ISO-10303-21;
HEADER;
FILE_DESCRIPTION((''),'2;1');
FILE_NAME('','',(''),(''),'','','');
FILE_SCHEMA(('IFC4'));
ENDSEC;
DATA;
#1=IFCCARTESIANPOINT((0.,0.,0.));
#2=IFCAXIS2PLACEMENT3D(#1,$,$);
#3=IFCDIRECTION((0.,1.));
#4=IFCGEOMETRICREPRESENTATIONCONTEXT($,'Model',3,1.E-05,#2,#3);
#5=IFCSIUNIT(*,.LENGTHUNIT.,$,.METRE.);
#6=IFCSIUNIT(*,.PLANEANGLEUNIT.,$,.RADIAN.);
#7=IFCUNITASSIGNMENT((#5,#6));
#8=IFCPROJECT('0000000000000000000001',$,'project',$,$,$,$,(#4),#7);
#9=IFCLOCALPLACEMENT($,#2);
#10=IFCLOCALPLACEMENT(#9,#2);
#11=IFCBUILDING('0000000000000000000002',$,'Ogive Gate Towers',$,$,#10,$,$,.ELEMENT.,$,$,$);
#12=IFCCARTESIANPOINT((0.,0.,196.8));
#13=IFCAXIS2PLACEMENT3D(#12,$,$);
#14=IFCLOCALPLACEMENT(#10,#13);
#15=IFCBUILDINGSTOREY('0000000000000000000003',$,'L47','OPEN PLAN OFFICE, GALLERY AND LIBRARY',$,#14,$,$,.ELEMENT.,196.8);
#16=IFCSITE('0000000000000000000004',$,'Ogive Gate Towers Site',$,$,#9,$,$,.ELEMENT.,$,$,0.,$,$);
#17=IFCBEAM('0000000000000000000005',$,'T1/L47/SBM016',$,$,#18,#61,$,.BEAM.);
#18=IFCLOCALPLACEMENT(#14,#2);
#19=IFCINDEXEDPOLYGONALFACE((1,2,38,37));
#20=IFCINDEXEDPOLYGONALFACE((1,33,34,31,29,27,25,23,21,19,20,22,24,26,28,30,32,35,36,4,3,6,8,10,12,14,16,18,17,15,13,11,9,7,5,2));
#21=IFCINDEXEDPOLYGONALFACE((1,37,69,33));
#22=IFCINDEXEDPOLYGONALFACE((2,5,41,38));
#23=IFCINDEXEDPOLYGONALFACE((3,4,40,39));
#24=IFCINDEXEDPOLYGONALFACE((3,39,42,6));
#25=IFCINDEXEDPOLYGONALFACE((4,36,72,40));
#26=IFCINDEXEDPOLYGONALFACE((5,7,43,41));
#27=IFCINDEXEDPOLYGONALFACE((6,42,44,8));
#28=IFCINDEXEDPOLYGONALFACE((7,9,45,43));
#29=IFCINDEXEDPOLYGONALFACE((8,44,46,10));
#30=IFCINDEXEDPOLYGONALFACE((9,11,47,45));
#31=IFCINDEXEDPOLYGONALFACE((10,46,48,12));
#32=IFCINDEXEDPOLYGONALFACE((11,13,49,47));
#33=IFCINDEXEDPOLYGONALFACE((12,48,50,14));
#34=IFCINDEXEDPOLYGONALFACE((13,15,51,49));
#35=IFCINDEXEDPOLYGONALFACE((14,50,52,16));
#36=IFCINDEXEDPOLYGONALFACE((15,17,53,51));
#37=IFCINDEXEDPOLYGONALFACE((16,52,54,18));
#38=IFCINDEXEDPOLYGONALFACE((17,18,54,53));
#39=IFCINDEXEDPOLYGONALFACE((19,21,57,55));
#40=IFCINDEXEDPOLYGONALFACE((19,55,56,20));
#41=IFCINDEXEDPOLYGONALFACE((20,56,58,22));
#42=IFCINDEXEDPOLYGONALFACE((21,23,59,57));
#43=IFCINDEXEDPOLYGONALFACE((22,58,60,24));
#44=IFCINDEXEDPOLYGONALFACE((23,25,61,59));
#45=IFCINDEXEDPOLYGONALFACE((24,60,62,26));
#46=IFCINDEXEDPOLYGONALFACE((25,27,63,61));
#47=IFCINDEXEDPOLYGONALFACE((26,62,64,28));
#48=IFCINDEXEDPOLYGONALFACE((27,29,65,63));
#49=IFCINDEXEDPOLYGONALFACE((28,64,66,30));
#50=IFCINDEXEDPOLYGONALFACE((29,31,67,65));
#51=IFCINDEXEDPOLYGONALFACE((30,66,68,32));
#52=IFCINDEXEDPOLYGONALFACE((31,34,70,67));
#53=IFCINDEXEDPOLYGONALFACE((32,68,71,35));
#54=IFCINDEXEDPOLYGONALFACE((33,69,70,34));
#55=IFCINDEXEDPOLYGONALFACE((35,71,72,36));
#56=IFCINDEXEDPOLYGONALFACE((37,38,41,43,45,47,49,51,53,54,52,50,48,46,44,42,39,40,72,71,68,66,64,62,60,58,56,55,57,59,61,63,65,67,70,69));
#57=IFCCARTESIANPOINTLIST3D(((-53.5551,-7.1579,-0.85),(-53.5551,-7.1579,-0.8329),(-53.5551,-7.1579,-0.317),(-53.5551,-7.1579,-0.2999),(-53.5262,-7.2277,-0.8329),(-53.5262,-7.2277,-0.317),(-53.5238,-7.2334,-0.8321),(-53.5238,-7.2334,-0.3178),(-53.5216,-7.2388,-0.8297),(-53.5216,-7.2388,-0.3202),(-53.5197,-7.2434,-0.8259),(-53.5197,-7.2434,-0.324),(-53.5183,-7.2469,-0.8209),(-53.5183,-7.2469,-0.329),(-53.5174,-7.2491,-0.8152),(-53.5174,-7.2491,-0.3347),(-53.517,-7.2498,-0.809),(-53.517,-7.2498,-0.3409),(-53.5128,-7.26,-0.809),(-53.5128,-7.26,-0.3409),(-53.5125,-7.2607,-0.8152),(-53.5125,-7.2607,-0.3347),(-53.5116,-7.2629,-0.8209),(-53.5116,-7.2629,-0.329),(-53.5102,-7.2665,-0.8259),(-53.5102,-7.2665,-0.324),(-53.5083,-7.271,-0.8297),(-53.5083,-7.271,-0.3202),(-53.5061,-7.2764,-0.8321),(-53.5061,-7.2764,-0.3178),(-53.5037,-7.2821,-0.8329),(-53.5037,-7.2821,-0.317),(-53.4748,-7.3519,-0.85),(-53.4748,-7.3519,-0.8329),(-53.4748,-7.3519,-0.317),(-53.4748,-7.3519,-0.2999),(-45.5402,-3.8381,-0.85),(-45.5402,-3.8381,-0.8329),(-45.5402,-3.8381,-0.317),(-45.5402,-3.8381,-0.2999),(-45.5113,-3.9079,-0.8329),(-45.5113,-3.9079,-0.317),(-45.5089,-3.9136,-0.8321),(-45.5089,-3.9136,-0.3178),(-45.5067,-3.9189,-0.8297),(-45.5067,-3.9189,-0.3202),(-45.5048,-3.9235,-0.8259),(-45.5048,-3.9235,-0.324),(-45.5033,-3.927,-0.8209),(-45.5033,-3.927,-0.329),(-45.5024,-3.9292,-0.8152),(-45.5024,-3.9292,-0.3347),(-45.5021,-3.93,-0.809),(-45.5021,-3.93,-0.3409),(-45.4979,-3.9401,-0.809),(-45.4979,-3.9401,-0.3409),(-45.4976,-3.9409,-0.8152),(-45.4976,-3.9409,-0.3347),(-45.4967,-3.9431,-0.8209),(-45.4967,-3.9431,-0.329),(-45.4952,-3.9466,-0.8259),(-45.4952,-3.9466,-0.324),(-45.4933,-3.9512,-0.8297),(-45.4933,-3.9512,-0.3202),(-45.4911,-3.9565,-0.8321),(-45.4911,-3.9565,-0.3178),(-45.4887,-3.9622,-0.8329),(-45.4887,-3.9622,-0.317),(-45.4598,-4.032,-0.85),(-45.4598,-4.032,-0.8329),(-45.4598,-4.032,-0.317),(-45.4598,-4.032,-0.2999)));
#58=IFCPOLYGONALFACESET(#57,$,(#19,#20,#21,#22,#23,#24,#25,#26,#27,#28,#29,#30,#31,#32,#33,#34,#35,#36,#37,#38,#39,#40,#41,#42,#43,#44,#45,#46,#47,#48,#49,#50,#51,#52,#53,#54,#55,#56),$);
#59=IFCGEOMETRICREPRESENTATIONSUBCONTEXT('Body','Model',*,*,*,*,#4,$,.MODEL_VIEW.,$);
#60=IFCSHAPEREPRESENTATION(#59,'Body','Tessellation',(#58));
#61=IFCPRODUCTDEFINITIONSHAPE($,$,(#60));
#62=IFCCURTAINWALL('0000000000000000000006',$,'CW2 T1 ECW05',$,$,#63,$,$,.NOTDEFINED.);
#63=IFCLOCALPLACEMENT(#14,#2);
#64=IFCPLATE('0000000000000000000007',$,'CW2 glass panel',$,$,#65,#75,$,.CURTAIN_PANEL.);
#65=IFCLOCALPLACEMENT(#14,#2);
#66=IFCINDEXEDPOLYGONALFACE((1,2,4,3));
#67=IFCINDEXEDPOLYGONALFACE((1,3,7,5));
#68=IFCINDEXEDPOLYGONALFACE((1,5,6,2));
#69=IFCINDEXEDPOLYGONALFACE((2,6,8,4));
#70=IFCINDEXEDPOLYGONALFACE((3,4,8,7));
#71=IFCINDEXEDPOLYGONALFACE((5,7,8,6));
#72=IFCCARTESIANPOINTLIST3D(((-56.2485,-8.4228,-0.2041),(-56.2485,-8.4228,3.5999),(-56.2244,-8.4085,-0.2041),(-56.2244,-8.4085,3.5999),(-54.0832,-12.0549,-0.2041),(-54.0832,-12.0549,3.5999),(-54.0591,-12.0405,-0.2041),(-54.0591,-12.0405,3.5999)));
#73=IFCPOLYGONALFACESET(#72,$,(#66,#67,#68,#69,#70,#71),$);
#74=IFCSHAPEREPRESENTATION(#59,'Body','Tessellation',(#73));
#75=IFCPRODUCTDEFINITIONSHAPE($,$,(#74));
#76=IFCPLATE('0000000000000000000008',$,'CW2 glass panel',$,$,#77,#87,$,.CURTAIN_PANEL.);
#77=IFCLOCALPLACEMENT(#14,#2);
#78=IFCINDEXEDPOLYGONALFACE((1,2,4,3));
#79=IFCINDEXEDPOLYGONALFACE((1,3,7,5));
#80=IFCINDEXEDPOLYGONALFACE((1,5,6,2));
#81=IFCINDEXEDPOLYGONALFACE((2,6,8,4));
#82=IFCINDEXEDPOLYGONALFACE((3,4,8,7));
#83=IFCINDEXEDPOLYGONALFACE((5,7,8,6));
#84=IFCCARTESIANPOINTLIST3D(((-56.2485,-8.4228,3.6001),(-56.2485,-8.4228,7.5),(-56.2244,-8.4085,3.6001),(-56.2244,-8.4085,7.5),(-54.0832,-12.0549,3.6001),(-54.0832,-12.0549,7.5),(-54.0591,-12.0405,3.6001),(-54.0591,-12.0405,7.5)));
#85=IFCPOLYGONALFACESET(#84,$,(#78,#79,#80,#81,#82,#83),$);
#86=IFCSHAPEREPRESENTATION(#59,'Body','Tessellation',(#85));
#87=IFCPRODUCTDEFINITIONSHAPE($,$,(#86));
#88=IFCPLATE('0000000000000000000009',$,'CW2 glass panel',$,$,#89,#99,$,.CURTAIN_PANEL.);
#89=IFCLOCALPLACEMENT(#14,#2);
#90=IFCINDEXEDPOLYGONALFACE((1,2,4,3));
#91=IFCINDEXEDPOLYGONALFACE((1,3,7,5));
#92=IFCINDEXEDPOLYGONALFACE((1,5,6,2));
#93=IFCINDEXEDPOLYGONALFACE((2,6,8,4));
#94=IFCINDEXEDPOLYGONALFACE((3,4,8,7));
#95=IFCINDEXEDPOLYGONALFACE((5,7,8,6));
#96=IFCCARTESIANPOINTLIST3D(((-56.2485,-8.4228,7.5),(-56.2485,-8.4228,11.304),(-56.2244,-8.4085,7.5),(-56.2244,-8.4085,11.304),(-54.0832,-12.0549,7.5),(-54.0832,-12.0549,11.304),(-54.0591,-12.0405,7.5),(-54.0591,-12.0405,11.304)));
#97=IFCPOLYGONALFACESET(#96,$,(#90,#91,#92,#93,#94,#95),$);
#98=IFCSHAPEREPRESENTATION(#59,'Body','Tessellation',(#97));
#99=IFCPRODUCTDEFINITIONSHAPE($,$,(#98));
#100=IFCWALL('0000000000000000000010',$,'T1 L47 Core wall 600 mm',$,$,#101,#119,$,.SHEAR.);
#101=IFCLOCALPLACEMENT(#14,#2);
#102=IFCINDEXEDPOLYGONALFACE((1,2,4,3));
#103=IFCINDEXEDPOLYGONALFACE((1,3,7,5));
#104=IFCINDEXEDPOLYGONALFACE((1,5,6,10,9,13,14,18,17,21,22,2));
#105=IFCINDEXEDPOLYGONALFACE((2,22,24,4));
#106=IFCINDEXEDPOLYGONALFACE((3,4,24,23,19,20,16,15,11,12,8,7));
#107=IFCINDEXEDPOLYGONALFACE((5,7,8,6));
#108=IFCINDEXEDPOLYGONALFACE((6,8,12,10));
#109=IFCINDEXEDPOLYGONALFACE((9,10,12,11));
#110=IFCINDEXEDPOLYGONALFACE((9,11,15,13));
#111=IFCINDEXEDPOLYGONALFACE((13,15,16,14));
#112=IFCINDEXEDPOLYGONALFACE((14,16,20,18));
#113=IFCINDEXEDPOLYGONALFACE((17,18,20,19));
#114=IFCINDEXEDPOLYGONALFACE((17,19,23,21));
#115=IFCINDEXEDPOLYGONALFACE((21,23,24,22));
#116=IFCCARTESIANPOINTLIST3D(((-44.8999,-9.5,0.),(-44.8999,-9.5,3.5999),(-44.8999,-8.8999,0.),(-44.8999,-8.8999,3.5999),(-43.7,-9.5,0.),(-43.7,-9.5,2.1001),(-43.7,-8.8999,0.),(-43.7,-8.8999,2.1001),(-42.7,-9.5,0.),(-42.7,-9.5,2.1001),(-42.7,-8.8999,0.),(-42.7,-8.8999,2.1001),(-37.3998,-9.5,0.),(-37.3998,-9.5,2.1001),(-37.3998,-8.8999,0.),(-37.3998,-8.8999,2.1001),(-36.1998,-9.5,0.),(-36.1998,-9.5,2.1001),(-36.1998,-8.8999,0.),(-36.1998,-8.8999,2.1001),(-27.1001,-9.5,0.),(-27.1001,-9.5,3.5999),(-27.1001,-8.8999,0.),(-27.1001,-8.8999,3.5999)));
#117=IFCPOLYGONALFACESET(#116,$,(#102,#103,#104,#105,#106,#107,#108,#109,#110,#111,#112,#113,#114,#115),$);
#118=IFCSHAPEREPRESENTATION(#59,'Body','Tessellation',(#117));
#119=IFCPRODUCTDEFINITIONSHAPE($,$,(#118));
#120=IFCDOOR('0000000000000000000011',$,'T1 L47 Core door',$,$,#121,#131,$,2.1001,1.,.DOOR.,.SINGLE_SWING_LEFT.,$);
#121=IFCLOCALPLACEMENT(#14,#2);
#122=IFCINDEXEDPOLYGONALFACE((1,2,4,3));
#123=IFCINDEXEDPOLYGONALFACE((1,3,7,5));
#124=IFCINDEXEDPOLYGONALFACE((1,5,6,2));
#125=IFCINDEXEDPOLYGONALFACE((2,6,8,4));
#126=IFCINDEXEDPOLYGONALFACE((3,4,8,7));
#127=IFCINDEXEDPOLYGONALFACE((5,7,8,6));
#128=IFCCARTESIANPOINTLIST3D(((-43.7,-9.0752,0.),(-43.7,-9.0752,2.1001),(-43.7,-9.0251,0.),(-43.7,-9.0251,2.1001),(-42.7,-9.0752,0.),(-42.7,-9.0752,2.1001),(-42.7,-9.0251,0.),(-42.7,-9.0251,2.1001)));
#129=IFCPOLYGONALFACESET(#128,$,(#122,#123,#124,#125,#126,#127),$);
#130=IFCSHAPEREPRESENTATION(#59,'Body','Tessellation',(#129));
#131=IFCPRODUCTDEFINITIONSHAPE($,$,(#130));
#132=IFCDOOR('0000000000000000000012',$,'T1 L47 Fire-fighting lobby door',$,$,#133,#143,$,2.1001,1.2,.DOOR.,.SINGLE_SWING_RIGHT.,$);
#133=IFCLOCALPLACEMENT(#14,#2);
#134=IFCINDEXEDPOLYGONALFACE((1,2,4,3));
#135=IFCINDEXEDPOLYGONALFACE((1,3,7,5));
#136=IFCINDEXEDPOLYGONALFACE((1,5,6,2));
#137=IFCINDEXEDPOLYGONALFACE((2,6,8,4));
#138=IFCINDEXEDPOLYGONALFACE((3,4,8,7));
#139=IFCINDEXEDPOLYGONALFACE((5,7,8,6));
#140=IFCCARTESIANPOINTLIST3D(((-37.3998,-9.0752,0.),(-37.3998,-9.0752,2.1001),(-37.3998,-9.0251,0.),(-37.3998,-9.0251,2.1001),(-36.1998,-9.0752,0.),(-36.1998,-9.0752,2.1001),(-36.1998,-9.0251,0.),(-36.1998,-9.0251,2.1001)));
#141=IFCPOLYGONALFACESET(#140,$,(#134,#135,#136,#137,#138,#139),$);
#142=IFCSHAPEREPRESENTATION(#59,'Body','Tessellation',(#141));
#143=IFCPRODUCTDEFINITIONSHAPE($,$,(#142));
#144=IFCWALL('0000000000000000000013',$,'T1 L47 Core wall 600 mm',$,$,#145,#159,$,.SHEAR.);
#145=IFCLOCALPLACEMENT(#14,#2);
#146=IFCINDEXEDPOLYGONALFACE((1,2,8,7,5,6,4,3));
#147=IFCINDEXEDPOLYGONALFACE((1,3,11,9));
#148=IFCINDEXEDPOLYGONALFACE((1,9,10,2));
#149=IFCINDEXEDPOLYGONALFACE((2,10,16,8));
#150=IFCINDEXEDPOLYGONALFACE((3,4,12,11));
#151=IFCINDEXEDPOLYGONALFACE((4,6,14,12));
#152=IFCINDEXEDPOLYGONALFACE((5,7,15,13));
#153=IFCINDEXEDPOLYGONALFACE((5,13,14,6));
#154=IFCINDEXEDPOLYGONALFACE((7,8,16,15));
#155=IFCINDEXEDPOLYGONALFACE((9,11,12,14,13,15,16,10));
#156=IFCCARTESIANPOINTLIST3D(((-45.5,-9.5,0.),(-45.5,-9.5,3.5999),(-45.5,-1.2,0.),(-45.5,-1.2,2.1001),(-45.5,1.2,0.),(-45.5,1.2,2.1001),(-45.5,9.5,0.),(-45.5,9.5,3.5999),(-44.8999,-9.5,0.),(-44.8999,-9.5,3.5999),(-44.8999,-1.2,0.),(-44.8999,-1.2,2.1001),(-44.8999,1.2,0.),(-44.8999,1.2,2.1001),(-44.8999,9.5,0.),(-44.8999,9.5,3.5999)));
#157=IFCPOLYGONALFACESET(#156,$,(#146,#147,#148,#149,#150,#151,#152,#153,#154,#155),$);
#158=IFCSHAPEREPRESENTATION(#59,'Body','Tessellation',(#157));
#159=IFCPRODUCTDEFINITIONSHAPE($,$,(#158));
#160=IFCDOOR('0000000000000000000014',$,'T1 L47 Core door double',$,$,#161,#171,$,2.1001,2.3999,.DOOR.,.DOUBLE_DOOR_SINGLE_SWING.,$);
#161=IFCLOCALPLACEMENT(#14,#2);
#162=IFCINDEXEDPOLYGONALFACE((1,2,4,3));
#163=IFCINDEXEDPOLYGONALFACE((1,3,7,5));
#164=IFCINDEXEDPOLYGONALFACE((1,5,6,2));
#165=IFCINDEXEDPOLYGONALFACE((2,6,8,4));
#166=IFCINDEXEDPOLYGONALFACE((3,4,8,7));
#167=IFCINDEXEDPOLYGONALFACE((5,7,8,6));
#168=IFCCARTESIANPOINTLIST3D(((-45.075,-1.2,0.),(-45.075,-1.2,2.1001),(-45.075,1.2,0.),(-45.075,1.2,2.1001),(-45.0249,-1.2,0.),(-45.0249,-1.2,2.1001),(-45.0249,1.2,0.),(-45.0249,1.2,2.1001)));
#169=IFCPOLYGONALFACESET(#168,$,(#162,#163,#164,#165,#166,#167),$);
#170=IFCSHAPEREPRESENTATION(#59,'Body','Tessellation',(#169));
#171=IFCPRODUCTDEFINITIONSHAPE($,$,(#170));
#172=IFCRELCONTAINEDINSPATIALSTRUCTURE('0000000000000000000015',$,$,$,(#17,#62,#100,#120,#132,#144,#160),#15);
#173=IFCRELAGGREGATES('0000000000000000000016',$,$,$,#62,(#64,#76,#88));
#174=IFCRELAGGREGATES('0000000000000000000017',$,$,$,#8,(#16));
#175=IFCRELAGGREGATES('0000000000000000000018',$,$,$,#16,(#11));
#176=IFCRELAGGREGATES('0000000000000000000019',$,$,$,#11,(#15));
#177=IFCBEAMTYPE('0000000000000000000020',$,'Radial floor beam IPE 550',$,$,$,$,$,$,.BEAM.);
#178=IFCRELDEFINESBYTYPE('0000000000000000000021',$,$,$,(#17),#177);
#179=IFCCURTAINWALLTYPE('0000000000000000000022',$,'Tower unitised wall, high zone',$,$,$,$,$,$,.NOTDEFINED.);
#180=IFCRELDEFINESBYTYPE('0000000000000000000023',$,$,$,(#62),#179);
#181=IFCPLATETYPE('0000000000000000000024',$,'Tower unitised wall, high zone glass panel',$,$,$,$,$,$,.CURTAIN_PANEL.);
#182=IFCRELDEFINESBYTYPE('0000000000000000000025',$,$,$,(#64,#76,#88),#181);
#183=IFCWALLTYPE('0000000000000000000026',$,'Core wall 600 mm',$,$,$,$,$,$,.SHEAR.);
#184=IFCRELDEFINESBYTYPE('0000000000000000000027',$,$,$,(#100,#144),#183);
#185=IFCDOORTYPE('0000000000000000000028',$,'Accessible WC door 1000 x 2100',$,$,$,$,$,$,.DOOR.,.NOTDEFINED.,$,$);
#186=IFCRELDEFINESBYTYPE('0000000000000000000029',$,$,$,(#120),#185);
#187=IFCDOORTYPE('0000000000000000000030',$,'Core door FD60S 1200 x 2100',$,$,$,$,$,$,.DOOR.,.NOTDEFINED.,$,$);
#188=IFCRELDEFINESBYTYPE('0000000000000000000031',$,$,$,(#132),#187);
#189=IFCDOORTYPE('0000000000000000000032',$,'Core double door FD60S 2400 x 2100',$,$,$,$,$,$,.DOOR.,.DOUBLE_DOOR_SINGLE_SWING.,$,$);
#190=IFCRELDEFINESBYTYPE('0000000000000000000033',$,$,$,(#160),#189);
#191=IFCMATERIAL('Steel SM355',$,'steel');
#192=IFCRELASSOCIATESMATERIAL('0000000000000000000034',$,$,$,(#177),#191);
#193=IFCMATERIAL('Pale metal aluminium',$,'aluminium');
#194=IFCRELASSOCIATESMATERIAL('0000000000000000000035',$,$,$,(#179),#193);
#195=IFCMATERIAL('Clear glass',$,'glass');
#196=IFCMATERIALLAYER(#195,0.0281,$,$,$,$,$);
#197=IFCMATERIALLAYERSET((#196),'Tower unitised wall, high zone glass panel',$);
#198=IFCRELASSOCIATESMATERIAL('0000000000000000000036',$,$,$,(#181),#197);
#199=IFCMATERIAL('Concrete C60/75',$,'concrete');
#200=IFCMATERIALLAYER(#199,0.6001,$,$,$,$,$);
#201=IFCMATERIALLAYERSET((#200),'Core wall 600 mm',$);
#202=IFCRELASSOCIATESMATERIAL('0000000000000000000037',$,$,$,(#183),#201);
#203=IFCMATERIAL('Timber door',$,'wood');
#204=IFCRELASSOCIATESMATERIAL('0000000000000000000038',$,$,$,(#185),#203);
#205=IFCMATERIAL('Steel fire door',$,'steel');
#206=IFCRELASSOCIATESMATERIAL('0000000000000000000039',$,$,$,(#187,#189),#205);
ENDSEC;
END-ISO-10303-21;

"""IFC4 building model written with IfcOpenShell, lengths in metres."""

from ifc_helpers import new_model, si_unit, direction, frame, frame_2d, origin, origin_2d, place, context, subcontext, project, spatial, rectangle, i_section, extrude, material, layer, layer_set, material_profile, profile_set, type_object, element, fill, aggregate, save


model = new_model("IFC4")

# Units and contexts
model_context = context("Model", 3, precision=1e-05, world=origin(), true_north=direction((0.0, 1.0)))
body_context = subcontext(model_context, "Body", "Model", "MODEL_VIEW")
ifc_project = project(units=[si_unit("LENGTHUNIT", "METRE"), si_unit("PLANEANGLEUNIT", "RADIAN")], contexts=[model_context])

# Site, building, storey
site_placement = place(None, origin())
site = spatial("IfcSite", under=ifc_project, at=site_placement, Name="Ogive Gate Towers Site", CompositionType="ELEMENT", RefElevation=0.0)
building_placement = place(site_placement, origin())
building = spatial("IfcBuilding", under=site, at=building_placement, Name="Ogive Gate Towers", CompositionType="ELEMENT")
storey_placement = place(building_placement, frame((0.0, 0.0, 196.8)))
storey = spatial("IfcBuildingStorey", under=building, at=storey_placement, Name="L47", Description="OPEN PLAN OFFICE, GALLERY AND LIBRARY", CompositionType="ELEMENT", Elevation=196.8)

# Beam
ifc_material_1 = material(Name="Steel SM355", Category="steel")
ifc_material_profile = material_profile(ifc_material_1, i_section(OverallWidth=0.21, OverallDepth=0.55, WebThickness=0.011, FlangeThickness=0.0171, FilletRadius=0.0239, at=origin_2d()), Name="IPE 550")
ifc_profile_set = profile_set([ifc_material_profile], Name="Steel SM355")
beam_type = type_object("IfcBeamType", Name="Radial floor beam IPE 550", PredefinedType="BEAM", material=ifc_profile_set)
beam_placement = place(storey_placement, frame((-45.5, -3.9351, -0.575), z_axis=(-0.923882, -0.382678, 0.0), x_axis=(0.382678, -0.923882, 0.0)))
element("IfcBeam", 1, at=beam_placement, inside=storey, type_object=beam_type, Name="T1/L47/SBM016", PredefinedType="BEAM", context=body_context, shape_type="SweptSolid", body=[
    extrude(i_section(OverallWidth=0.21, OverallDepth=0.55, WebThickness=0.011, FlangeThickness=0.0171, FilletRadius=0.0239, at=origin_2d()), origin(), (0.0, 0.0, 1.0), 8.6753),
])

# Curtain wall, plates
ifc_material_2 = material(Name="Pale metal aluminium", Category="aluminium")
curtain_wall_type = type_object("IfcCurtainWallType", Name="Tower unitised wall, high zone", PredefinedType="NOTDEFINED", material=ifc_material_2)
curtain_wall_placement = place(storey_placement, origin())
curtain_wall = element("IfcCurtainWall", 2, at=curtain_wall_placement, inside=storey, type_object=curtain_wall_type, Name="CW2 T1 ECW05", PredefinedType="NOTDEFINED")
ifc_material_3 = material(Name="Clear glass", Category="glass")
ifc_layer_1 = layer(ifc_material_3, 0.0281)
ifc_layer_set_1 = layer_set([ifc_layer_1], Name="Tower unitised wall, high zone glass panel")
plate_type = type_object("IfcPlateType", Name="Tower unitised wall, high zone glass panel", PredefinedType="CURTAIN_PANEL", material=ifc_layer_set_1)
plate_1_placement = place(storey_placement, frame((-55.1538, -10.2317, -0.2041), z_axis=(0.0, 0.0, 1.0), x_axis=(0.512058, -0.858951, 0.0)))
plate_1 = element("IfcPlate", 3, at=plate_1_placement, type_object=plate_type, Name="CW2 glass panel", PredefinedType="CURTAIN_PANEL", context=body_context, shape_type="SweptSolid", body=[
    extrude(rectangle(XDim=4.2285, YDim=0.0281, at=origin_2d()), origin(), (0.0, 0.0, 1.0), 3.804),
])
plate_2_placement = place(storey_placement, frame((-55.1538, -10.2317, 3.6001), z_axis=(0.0, 0.0, 1.0), x_axis=(0.512058, -0.858951, 0.0)))
plate_2 = element("IfcPlate", 4, at=plate_2_placement, type_object=plate_type, Name="CW2 glass panel", PredefinedType="CURTAIN_PANEL", context=body_context, shape_type="SweptSolid", body=[
    extrude(rectangle(XDim=4.2285, YDim=0.0281, at=origin_2d()), origin(), (0.0, 0.0, 1.0), 3.8999),
])
plate_3_placement = place(storey_placement, frame((-55.1538, -10.2317, 7.5), z_axis=(0.0, 0.0, 1.0), x_axis=(0.512058, -0.858951, 0.0)))
plate_3 = element("IfcPlate", 5, at=plate_3_placement, type_object=plate_type, Name="CW2 glass panel", PredefinedType="CURTAIN_PANEL", context=body_context, shape_type="SweptSolid", body=[
    extrude(rectangle(XDim=4.2285, YDim=0.0281, at=origin_2d()), origin(), (0.0, 0.0, 1.0), 3.804),
])
aggregate(curtain_wall, [plate_1, plate_2, plate_3])

# Wall, openings, doors
ifc_material_4 = material(Name="Concrete C60/75", Category="concrete")
ifc_layer_2 = layer(ifc_material_4, 0.6001)
ifc_layer_set_2 = layer_set([ifc_layer_2], Name="Core wall 600 mm")
wall_type_1 = type_object("IfcWallType", Name="Core wall 600 mm", PredefinedType="SHEAR", material=ifc_layer_set_2)
wall_1_placement = place(storey_placement, frame((-44.8999, -9.2, 0.0), z_axis=(0.0, 0.0, 1.0), x_axis=(1.0, 0.0, 0.0)))
wall_1 = element("IfcWall", 6, at=wall_1_placement, inside=storey, type_object=wall_type_1, Name="T1 L47 Core wall 600 mm", PredefinedType="SHEAR", context=body_context, shape_type="SweptSolid", body=[
    extrude(rectangle(XDim=17.7998, YDim=0.6001, at=frame_2d((8.8999, 0.0))), origin(), (0.0, 0.0, 1.0), 3.5999),
])
opening_1_placement = place(wall_1_placement, frame((7.5, 0.0, 0.0)))
opening_1 = element("IfcOpeningElement", 7, at=opening_1_placement, cuts=wall_1, PredefinedType="OPENING", context=body_context, shape_type="SweptSolid", body=[
    extrude(rectangle(XDim=1.2, YDim=2.1001, at=frame_2d((0.6001, 1.05))), frame((0.0, 0.3101, 0.0), z_axis=(0.0, -1.0, 0.0), x_axis=(1.0, 0.0, 0.0)), (0.0, 0.0, 1.0), 0.6201),
])
opening_2_placement = place(wall_1_placement, frame((1.2, 0.0, 0.0)))
opening_2 = element("IfcOpeningElement", 8, at=opening_2_placement, cuts=wall_1, PredefinedType="OPENING", context=body_context, shape_type="SweptSolid", body=[
    extrude(rectangle(XDim=1.0, YDim=2.1001, at=frame_2d((0.5, 1.05))), frame((0.0, 0.3101, 0.0), z_axis=(0.0, -1.0, 0.0), x_axis=(1.0, 0.0, 0.0)), (0.0, 0.0, 1.0), 0.6201),
])
ifc_material_5 = material(Name="Timber door", Category="wood")
door_type_1 = type_object("IfcDoorType", Name="Accessible WC door 1000 x 2100", OperationType="NOTDEFINED", PredefinedType="DOOR", material=ifc_material_5)
door_1_placement = place(opening_2_placement, origin())
door_1 = element("IfcDoor", 9, at=door_1_placement, inside=storey, type_object=door_type_1, Name="T1 L47 Core door", OperationType="SINGLE_SWING_LEFT", OverallHeight=2.1001, OverallWidth=1.0, PredefinedType="DOOR", context=body_context, shape_type="SweptSolid", body=[
    extrude(rectangle(XDim=1.0, YDim=2.1001, at=frame_2d((0.5, 1.05))), frame((0.0, 0.1748, 0.0), z_axis=(0.0, -1.0, 0.0), x_axis=(1.0, 0.0, 0.0)), (0.0, 0.0, 1.0), 0.05),
])
fill(opening_2, door_1)
ifc_material_6 = material(Name="Steel fire door", Category="steel")
door_type_2 = type_object("IfcDoorType", Name="Core door FD60S 1200 x 2100", OperationType="NOTDEFINED", PredefinedType="DOOR", material=ifc_material_6)
door_2_placement = place(opening_1_placement, origin())
door_2 = element("IfcDoor", 10, at=door_2_placement, inside=storey, type_object=door_type_2, Name="T1 L47 Fire-fighting lobby door", OperationType="SINGLE_SWING_RIGHT", OverallHeight=2.1001, OverallWidth=1.2, PredefinedType="DOOR", context=body_context, shape_type="SweptSolid", body=[
    extrude(rectangle(XDim=1.2, YDim=2.1001, at=frame_2d((0.6001, 1.05))), frame((0.0, 0.1748, 0.0), z_axis=(0.0, -1.0, 0.0), x_axis=(1.0, 0.0, 0.0)), (0.0, 0.0, 1.0), 0.05),
])
fill(opening_1, door_2)

# Wall, opening, door
wall_2_placement = place(storey_placement, frame((-45.2, -9.5, 0.0), z_axis=(0.0, 0.0, 1.0), x_axis=(0.0, 1.0, 0.0)))
wall_2 = element("IfcWall", 11, at=wall_2_placement, inside=storey, type_object=wall_type_1, Name="T1 L47 Core wall 600 mm", PredefinedType="SHEAR", context=body_context, shape_type="SweptSolid", body=[
    extrude(rectangle(XDim=19.0, YDim=0.6001, at=frame_2d((9.5, 0.0))), origin(), (0.0, 0.0, 1.0), 3.5999),
])
opening_3_placement = place(wall_2_placement, frame((8.3, 0.0, 0.0)))
opening_3 = element("IfcOpeningElement", 12, at=opening_3_placement, cuts=wall_2, PredefinedType="OPENING", context=body_context, shape_type="SweptSolid", body=[
    extrude(rectangle(XDim=2.3999, YDim=2.1001, at=frame_2d((1.2, 1.05))), frame((0.0, 0.3101, 0.0), z_axis=(0.0, -1.0, 0.0), x_axis=(1.0, 0.0, 0.0)), (0.0, 0.0, 1.0), 0.6201),
])
door_type_3 = type_object("IfcDoorType", Name="Core double door FD60S 2400 x 2100", OperationType="DOUBLE_DOOR_SINGLE_SWING", PredefinedType="DOOR", material=ifc_material_6)
door_3_placement = place(opening_3_placement, origin())
door_3 = element("IfcDoor", 13, at=door_3_placement, inside=storey, type_object=door_type_3, Name="T1 L47 Core door double", OperationType="DOUBLE_DOOR_SINGLE_SWING", OverallHeight=2.1001, OverallWidth=2.3999, PredefinedType="DOOR", context=body_context, shape_type="SweptSolid", body=[
    extrude(rectangle(XDim=2.3999, YDim=2.1001, at=frame_2d((1.2, 1.05))), frame((0.0, -0.125, 0.0), z_axis=(0.0, -1.0, 0.0), x_axis=(1.0, 0.0, 0.0)), (0.0, 0.0, 1.0), 0.05),
])
fill(opening_3, door_3)

save(model, "model.ifc")
